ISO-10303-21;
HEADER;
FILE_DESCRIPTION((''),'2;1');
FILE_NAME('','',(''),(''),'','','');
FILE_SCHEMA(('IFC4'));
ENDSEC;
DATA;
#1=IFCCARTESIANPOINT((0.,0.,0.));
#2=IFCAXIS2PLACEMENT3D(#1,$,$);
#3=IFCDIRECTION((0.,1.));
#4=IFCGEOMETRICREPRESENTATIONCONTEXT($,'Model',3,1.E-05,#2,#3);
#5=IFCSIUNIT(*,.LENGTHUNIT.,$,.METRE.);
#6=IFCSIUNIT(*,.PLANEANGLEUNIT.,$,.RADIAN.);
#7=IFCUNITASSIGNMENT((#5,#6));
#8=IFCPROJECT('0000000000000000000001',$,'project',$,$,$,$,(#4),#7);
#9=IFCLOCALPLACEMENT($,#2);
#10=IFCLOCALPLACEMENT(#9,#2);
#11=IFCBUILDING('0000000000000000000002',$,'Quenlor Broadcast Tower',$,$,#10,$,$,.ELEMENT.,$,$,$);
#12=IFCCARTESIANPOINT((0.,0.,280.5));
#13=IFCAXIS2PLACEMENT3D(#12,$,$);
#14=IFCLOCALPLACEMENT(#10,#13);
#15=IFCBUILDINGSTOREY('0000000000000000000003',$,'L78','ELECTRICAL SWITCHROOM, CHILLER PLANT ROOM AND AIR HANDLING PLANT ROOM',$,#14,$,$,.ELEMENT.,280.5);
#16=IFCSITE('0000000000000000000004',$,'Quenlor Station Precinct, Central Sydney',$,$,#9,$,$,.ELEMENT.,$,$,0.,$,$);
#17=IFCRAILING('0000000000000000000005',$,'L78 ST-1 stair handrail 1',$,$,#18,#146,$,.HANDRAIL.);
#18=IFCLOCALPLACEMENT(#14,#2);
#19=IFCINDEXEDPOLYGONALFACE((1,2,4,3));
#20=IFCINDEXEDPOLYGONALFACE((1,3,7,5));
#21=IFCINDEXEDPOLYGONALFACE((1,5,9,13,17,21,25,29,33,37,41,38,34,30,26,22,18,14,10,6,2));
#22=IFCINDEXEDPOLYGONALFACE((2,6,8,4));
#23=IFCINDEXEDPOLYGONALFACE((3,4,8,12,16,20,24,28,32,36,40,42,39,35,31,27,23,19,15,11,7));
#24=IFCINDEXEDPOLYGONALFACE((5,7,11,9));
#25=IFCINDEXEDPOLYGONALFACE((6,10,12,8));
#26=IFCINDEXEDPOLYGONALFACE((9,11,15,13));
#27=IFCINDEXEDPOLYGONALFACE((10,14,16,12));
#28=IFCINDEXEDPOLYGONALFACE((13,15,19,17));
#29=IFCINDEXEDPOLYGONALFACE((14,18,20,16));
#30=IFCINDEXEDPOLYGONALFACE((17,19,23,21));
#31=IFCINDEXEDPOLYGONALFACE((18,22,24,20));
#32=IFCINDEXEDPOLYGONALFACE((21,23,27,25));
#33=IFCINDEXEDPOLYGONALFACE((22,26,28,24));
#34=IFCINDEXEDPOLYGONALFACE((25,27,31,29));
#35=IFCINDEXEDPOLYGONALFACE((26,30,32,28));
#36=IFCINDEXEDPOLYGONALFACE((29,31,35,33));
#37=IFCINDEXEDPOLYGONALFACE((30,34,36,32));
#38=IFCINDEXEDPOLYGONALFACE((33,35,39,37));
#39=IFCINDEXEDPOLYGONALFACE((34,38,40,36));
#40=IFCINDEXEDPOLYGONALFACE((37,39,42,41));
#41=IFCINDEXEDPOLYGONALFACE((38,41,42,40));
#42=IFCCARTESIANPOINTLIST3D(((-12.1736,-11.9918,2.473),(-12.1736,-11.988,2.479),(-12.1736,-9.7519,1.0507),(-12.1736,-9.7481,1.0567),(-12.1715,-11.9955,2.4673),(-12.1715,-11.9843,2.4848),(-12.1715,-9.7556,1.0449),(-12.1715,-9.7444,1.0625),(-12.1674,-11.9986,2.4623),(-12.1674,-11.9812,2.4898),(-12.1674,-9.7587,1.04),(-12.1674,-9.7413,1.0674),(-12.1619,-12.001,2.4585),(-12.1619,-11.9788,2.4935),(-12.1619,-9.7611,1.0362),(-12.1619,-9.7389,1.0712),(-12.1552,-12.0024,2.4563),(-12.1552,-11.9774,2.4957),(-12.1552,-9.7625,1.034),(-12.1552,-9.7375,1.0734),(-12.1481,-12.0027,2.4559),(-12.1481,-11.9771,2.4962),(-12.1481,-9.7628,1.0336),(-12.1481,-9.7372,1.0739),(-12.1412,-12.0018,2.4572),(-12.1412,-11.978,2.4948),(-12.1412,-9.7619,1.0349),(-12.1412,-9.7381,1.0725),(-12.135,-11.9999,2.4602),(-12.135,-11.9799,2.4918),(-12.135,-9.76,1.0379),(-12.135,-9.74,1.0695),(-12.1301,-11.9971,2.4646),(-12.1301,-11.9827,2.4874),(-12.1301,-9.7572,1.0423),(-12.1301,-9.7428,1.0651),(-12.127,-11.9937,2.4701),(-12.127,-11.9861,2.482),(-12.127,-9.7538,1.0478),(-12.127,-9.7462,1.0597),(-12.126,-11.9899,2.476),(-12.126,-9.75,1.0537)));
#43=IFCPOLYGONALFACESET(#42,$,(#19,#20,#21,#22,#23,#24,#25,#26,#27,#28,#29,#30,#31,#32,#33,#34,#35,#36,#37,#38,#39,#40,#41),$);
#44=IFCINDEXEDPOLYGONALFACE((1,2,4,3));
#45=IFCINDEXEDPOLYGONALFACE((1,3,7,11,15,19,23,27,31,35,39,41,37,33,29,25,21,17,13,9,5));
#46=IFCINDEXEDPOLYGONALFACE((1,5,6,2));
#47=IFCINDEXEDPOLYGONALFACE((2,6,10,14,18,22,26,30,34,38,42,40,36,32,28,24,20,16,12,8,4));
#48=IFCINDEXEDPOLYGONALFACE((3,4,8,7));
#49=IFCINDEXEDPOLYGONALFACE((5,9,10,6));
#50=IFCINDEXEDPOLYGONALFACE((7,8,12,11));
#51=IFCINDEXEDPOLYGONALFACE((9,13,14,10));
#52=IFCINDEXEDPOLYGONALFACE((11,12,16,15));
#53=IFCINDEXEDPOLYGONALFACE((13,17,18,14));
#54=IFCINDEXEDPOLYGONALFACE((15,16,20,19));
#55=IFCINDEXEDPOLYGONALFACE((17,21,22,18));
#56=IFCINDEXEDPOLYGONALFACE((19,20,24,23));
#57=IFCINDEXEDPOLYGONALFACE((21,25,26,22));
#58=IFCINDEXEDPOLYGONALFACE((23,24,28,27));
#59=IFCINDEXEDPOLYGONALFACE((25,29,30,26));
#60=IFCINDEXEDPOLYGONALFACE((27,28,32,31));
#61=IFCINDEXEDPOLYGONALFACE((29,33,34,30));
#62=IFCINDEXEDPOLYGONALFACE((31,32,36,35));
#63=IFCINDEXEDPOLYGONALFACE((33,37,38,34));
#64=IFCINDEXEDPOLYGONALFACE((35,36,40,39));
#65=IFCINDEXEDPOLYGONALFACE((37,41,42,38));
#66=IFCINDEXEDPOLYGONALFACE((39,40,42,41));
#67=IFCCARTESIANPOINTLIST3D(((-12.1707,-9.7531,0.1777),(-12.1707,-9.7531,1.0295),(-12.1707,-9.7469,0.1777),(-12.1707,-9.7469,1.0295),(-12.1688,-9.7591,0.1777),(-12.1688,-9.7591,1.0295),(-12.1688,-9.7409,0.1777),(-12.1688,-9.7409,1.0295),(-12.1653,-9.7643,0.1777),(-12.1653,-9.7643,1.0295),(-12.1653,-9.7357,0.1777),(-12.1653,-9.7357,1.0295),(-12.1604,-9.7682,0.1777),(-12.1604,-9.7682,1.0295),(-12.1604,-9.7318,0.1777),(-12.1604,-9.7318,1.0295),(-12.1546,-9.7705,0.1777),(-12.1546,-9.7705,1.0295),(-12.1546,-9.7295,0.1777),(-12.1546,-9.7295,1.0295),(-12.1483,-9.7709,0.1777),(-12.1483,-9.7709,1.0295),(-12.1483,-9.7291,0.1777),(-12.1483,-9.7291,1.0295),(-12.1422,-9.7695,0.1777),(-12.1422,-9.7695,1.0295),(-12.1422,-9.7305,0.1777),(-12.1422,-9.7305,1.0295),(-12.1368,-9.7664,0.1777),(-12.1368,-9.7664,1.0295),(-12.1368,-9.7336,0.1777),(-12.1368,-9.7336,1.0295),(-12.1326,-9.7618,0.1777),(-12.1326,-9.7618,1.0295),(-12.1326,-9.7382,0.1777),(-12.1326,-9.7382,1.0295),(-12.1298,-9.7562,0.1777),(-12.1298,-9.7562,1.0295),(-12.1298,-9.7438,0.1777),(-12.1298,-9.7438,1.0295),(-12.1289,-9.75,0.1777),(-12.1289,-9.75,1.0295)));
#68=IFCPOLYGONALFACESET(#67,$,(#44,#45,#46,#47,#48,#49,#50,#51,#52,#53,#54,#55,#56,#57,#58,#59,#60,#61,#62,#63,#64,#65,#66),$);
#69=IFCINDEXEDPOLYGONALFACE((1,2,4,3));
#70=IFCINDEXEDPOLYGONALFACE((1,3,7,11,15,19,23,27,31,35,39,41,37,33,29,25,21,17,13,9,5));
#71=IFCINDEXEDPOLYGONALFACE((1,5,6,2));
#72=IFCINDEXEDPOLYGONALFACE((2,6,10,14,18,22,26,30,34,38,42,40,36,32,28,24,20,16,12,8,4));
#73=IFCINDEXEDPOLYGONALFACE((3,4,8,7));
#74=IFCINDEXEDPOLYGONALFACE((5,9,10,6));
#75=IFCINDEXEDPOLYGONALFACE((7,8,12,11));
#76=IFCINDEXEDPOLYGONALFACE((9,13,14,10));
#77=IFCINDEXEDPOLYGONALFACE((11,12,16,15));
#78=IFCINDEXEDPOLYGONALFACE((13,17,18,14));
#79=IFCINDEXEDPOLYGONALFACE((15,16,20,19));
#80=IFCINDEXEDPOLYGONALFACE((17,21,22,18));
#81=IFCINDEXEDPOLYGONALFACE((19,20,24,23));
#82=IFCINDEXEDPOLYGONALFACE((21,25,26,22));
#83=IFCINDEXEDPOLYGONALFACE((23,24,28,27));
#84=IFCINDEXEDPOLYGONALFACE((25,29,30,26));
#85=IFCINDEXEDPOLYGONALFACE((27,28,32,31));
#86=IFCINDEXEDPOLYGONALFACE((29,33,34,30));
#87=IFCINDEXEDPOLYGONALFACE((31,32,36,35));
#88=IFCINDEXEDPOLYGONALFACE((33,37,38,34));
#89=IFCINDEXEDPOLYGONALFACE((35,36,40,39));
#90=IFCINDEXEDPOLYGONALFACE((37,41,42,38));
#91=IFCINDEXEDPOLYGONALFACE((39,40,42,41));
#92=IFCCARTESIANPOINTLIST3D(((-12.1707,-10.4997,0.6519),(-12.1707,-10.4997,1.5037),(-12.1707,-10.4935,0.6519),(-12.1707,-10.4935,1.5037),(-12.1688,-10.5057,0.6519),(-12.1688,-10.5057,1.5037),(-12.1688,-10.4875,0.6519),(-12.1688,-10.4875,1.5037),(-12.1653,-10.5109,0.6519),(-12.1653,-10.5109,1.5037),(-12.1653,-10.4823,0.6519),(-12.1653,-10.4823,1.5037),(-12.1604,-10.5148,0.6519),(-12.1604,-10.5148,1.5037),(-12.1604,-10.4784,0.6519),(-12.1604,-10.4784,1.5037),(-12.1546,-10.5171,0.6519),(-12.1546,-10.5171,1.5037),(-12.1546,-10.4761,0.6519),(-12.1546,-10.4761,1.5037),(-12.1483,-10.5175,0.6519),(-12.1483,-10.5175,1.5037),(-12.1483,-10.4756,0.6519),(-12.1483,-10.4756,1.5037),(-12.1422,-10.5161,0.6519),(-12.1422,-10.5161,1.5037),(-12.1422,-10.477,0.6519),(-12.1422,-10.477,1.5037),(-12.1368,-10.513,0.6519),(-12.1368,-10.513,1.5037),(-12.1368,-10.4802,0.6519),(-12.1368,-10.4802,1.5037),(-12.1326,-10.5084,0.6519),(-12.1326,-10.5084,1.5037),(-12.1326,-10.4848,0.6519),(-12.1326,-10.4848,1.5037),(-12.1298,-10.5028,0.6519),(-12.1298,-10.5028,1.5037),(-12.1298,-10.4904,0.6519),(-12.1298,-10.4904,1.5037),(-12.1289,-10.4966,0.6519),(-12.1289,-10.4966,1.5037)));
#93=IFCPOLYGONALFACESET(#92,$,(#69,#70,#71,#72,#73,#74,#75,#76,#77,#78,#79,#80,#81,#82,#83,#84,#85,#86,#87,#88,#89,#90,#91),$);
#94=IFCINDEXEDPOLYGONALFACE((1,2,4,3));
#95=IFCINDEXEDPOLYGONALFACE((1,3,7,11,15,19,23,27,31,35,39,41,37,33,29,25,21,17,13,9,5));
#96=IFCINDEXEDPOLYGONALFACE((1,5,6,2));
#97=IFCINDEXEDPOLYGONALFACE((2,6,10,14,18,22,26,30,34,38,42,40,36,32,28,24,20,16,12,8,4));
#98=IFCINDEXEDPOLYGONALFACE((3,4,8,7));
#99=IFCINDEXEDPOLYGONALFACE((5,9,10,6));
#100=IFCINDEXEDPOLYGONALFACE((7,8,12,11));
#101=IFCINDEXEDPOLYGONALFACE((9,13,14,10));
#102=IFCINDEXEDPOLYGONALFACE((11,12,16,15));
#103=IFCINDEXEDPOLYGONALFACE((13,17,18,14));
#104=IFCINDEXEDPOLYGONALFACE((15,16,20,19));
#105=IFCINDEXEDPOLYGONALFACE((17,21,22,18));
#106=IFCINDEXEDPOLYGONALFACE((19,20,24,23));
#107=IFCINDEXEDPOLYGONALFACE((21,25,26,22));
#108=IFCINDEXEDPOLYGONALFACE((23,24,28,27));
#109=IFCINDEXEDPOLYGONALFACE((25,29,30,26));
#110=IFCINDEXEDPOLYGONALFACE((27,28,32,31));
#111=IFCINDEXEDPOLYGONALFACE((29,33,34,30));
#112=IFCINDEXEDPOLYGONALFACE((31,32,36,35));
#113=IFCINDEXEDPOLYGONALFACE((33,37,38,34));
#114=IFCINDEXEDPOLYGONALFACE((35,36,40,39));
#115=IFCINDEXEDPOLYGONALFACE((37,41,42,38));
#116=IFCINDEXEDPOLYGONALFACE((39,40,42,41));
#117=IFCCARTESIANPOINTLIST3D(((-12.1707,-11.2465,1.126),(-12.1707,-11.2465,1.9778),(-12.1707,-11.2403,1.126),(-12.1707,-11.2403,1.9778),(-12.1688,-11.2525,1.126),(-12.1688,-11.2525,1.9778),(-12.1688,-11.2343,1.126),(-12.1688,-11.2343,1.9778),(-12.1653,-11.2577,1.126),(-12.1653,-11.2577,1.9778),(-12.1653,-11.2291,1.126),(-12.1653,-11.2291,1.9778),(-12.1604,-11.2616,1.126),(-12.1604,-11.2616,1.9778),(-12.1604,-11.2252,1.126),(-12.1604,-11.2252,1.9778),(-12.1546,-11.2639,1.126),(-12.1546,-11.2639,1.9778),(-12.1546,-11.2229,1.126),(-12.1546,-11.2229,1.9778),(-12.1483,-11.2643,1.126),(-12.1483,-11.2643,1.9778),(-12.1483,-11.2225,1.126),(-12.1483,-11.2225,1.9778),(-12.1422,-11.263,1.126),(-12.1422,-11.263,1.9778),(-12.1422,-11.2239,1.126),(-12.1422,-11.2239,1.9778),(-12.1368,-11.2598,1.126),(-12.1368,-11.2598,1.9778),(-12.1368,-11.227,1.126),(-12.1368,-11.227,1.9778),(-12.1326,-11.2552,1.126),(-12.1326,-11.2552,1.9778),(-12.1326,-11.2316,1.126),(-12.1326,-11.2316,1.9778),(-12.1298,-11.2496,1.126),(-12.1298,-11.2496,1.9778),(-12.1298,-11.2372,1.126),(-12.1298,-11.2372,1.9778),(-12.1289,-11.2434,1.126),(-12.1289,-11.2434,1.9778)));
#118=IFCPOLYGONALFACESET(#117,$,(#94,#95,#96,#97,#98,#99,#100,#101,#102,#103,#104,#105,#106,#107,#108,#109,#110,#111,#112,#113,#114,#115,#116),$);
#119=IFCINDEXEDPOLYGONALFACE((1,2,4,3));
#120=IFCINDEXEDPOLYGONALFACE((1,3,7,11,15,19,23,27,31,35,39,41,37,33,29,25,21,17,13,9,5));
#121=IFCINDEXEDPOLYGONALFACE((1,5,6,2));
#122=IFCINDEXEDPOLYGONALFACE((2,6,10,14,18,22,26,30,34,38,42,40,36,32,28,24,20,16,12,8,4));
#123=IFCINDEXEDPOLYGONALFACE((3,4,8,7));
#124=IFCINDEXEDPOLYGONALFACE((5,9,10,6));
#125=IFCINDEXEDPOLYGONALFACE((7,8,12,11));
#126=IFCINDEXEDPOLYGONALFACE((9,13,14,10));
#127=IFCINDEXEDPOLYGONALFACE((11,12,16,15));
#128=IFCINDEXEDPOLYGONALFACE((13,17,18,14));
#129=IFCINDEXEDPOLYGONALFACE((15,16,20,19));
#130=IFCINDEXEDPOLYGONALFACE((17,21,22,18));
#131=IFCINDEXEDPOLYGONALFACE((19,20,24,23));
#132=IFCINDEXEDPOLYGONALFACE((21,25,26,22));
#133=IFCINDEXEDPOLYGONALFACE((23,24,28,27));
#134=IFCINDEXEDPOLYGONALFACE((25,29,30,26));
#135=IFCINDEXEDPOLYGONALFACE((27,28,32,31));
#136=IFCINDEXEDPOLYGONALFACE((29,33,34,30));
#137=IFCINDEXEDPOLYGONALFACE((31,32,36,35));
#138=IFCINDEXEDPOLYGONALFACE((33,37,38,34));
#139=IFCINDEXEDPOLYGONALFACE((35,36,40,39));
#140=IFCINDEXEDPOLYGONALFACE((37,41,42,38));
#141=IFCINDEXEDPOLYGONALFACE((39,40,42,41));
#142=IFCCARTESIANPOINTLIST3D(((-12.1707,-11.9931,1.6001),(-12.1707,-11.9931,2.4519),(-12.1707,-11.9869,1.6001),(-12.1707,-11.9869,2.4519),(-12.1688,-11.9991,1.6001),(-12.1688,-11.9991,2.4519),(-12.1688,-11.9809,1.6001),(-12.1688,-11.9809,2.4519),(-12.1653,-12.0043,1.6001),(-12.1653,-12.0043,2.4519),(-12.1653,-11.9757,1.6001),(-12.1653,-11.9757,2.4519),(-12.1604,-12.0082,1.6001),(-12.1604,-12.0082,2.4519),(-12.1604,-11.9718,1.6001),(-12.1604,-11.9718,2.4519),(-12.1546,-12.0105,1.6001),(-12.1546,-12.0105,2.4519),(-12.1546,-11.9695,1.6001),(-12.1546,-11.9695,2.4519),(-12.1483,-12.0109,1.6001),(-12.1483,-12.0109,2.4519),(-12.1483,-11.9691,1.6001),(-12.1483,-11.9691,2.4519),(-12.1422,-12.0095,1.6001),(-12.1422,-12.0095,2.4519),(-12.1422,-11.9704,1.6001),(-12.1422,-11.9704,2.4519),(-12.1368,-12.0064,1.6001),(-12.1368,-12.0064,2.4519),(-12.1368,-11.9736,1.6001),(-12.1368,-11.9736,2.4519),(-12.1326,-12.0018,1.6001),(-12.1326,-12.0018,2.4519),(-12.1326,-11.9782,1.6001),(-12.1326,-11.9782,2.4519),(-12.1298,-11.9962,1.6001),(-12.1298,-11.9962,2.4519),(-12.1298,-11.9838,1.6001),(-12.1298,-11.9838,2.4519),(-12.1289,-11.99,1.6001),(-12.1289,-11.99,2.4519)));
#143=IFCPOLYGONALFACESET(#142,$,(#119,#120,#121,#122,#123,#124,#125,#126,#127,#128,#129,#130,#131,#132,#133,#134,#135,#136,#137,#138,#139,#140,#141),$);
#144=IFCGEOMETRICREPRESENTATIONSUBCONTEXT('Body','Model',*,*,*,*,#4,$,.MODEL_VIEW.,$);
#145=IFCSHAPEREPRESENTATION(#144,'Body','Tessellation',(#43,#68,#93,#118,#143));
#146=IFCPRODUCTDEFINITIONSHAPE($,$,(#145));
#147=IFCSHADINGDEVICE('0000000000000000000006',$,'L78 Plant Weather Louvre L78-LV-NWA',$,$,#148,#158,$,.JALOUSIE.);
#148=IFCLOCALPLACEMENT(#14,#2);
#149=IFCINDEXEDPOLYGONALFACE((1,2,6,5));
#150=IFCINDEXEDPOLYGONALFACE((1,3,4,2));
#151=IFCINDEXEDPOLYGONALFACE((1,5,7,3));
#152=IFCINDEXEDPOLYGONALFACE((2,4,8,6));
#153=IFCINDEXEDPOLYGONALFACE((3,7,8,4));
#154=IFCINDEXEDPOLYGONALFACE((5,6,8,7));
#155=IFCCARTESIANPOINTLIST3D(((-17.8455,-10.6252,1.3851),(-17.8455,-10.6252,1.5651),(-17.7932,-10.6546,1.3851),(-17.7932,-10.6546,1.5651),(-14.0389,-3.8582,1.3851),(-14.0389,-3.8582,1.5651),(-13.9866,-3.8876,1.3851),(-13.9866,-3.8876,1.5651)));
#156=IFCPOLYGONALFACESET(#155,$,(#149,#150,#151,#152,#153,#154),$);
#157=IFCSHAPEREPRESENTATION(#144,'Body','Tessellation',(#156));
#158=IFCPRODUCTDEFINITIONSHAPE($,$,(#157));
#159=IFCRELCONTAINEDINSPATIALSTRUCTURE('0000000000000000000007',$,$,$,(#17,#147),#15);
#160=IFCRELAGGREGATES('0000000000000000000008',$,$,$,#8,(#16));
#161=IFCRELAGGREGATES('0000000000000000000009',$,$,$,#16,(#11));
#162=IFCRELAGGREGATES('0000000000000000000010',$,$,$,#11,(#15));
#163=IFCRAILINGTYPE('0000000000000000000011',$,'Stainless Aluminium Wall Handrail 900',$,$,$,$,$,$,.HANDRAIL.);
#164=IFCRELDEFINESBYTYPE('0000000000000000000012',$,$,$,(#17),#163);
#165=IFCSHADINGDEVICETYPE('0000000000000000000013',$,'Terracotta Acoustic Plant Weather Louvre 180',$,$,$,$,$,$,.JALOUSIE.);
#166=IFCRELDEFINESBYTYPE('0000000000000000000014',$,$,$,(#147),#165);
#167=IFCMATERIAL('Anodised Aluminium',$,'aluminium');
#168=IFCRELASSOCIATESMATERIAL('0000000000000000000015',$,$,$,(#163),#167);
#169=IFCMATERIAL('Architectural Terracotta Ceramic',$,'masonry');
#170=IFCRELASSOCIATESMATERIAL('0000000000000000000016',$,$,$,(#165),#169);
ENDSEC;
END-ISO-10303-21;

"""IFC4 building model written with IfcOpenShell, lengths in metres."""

from ifc_helpers import new_model, si_unit, direction, frame, origin, origin_2d, place, context, subcontext, project, spatial, rectangle, circle, extrude, material, material_profile, profile_set, type_object, element, save


model = new_model("IFC4")

# Units and contexts
model_context = context("Model", 3, precision=1e-05, world=origin(), true_north=direction((0.0, 1.0)))
body_context = subcontext(model_context, "Body", "Model", "MODEL_VIEW")
ifc_project = project(units=[si_unit("LENGTHUNIT", "METRE"), si_unit("PLANEANGLEUNIT", "RADIAN")], contexts=[model_context])

# Site, building, storey
site_placement = place(None, origin())
site = spatial("IfcSite", under=ifc_project, at=site_placement, Name="Quenlor Station Precinct, Central Sydney", CompositionType="ELEMENT", RefElevation=0.0)
building_placement = place(site_placement, origin())
building = spatial("IfcBuilding", under=site, at=building_placement, Name="Quenlor Broadcast Tower", CompositionType="ELEMENT")
storey_placement = place(building_placement, frame((0.0, 0.0, 280.5)))
storey = spatial("IfcBuildingStorey", under=building, at=storey_placement, Name="L78", Description="ELECTRICAL SWITCHROOM, CHILLER PLANT ROOM AND AIR HANDLING PLANT ROOM", CompositionType="ELEMENT", Elevation=280.5)

# Railing
ifc_material_1 = material(Name="Anodised Aluminium", Category="aluminium")
railing_type = type_object("IfcRailingType", Name="Stainless Aluminium Wall Handrail 900", PredefinedType="HANDRAIL", material=ifc_material_1)
railing_placement = place(storey_placement, frame((-12.1499, -9.75, 0.1777)))
element("IfcRailing", 1, at=railing_placement, inside=storey, type_object=railing_type, Name="L78 ST-1 stair handrail 1", PredefinedType="HANDRAIL", context=body_context, shape_type="SweptSolid", body=[
    extrude(circle(Radius=0.0239, at=origin_2d()), frame((0.0, 0.0, 0.876), z_axis=(0.0, -0.844188, 0.536048), x_axis=(1.0, 0.0, 0.0)), (0.0, 0.0, 1.0), 2.6533),
    extrude(circle(Radius=0.021, at=origin_2d()), origin(), (0.0, 0.0, 1.0), 0.8518),
    extrude(circle(Radius=0.021, at=origin_2d()), frame((0.0, -0.7466, 0.4741)), (0.0, 0.0, 1.0), 0.8518),
    extrude(circle(Radius=0.021, at=origin_2d()), frame((0.0, -1.4934, 0.9482)), (0.0, 0.0, 1.0), 0.8518),
    extrude(circle(Radius=0.021, at=origin_2d()), frame((0.0, -2.24, 1.4224)), (0.0, 0.0, 1.0), 0.8518),
])

# Shading device
ifc_material_2 = material(Name="Architectural Terracotta Ceramic", Category="masonry")
ifc_material_profile_1 = material_profile(ifc_material_2, rectangle(XDim=0.0601, YDim=0.1799, at=origin_2d()))
ifc_profile_set_1 = profile_set([ifc_material_profile_1], Name="Architectural Terracotta Ceramic LVR60x180")
shading_device_type = type_object("IfcShadingDeviceType", Name="Terracotta Acoustic Plant Weather Louvre 180", PredefinedType="JALOUSIE", material=ifc_profile_set_1)
shading_device_placement = place(storey_placement, frame((-17.8193, -10.6399, 1.4751), z_axis=(0.490276, 0.871567, 0.0), x_axis=(-0.871567, 0.490276, 0.0)))
element("IfcShadingDevice", 2, at=shading_device_placement, inside=storey, type_object=shading_device_type, Name="L78 Plant Weather Louvre L78-LV-NWA", PredefinedType="JALOUSIE", context=body_context, shape_type="SweptSolid", body=[
    extrude(rectangle(XDim=0.0601, YDim=0.1799, at=origin_2d()), origin(), (0.0, 0.0, 1.0), 7.7642),
])

save(model, "model.ifc")
